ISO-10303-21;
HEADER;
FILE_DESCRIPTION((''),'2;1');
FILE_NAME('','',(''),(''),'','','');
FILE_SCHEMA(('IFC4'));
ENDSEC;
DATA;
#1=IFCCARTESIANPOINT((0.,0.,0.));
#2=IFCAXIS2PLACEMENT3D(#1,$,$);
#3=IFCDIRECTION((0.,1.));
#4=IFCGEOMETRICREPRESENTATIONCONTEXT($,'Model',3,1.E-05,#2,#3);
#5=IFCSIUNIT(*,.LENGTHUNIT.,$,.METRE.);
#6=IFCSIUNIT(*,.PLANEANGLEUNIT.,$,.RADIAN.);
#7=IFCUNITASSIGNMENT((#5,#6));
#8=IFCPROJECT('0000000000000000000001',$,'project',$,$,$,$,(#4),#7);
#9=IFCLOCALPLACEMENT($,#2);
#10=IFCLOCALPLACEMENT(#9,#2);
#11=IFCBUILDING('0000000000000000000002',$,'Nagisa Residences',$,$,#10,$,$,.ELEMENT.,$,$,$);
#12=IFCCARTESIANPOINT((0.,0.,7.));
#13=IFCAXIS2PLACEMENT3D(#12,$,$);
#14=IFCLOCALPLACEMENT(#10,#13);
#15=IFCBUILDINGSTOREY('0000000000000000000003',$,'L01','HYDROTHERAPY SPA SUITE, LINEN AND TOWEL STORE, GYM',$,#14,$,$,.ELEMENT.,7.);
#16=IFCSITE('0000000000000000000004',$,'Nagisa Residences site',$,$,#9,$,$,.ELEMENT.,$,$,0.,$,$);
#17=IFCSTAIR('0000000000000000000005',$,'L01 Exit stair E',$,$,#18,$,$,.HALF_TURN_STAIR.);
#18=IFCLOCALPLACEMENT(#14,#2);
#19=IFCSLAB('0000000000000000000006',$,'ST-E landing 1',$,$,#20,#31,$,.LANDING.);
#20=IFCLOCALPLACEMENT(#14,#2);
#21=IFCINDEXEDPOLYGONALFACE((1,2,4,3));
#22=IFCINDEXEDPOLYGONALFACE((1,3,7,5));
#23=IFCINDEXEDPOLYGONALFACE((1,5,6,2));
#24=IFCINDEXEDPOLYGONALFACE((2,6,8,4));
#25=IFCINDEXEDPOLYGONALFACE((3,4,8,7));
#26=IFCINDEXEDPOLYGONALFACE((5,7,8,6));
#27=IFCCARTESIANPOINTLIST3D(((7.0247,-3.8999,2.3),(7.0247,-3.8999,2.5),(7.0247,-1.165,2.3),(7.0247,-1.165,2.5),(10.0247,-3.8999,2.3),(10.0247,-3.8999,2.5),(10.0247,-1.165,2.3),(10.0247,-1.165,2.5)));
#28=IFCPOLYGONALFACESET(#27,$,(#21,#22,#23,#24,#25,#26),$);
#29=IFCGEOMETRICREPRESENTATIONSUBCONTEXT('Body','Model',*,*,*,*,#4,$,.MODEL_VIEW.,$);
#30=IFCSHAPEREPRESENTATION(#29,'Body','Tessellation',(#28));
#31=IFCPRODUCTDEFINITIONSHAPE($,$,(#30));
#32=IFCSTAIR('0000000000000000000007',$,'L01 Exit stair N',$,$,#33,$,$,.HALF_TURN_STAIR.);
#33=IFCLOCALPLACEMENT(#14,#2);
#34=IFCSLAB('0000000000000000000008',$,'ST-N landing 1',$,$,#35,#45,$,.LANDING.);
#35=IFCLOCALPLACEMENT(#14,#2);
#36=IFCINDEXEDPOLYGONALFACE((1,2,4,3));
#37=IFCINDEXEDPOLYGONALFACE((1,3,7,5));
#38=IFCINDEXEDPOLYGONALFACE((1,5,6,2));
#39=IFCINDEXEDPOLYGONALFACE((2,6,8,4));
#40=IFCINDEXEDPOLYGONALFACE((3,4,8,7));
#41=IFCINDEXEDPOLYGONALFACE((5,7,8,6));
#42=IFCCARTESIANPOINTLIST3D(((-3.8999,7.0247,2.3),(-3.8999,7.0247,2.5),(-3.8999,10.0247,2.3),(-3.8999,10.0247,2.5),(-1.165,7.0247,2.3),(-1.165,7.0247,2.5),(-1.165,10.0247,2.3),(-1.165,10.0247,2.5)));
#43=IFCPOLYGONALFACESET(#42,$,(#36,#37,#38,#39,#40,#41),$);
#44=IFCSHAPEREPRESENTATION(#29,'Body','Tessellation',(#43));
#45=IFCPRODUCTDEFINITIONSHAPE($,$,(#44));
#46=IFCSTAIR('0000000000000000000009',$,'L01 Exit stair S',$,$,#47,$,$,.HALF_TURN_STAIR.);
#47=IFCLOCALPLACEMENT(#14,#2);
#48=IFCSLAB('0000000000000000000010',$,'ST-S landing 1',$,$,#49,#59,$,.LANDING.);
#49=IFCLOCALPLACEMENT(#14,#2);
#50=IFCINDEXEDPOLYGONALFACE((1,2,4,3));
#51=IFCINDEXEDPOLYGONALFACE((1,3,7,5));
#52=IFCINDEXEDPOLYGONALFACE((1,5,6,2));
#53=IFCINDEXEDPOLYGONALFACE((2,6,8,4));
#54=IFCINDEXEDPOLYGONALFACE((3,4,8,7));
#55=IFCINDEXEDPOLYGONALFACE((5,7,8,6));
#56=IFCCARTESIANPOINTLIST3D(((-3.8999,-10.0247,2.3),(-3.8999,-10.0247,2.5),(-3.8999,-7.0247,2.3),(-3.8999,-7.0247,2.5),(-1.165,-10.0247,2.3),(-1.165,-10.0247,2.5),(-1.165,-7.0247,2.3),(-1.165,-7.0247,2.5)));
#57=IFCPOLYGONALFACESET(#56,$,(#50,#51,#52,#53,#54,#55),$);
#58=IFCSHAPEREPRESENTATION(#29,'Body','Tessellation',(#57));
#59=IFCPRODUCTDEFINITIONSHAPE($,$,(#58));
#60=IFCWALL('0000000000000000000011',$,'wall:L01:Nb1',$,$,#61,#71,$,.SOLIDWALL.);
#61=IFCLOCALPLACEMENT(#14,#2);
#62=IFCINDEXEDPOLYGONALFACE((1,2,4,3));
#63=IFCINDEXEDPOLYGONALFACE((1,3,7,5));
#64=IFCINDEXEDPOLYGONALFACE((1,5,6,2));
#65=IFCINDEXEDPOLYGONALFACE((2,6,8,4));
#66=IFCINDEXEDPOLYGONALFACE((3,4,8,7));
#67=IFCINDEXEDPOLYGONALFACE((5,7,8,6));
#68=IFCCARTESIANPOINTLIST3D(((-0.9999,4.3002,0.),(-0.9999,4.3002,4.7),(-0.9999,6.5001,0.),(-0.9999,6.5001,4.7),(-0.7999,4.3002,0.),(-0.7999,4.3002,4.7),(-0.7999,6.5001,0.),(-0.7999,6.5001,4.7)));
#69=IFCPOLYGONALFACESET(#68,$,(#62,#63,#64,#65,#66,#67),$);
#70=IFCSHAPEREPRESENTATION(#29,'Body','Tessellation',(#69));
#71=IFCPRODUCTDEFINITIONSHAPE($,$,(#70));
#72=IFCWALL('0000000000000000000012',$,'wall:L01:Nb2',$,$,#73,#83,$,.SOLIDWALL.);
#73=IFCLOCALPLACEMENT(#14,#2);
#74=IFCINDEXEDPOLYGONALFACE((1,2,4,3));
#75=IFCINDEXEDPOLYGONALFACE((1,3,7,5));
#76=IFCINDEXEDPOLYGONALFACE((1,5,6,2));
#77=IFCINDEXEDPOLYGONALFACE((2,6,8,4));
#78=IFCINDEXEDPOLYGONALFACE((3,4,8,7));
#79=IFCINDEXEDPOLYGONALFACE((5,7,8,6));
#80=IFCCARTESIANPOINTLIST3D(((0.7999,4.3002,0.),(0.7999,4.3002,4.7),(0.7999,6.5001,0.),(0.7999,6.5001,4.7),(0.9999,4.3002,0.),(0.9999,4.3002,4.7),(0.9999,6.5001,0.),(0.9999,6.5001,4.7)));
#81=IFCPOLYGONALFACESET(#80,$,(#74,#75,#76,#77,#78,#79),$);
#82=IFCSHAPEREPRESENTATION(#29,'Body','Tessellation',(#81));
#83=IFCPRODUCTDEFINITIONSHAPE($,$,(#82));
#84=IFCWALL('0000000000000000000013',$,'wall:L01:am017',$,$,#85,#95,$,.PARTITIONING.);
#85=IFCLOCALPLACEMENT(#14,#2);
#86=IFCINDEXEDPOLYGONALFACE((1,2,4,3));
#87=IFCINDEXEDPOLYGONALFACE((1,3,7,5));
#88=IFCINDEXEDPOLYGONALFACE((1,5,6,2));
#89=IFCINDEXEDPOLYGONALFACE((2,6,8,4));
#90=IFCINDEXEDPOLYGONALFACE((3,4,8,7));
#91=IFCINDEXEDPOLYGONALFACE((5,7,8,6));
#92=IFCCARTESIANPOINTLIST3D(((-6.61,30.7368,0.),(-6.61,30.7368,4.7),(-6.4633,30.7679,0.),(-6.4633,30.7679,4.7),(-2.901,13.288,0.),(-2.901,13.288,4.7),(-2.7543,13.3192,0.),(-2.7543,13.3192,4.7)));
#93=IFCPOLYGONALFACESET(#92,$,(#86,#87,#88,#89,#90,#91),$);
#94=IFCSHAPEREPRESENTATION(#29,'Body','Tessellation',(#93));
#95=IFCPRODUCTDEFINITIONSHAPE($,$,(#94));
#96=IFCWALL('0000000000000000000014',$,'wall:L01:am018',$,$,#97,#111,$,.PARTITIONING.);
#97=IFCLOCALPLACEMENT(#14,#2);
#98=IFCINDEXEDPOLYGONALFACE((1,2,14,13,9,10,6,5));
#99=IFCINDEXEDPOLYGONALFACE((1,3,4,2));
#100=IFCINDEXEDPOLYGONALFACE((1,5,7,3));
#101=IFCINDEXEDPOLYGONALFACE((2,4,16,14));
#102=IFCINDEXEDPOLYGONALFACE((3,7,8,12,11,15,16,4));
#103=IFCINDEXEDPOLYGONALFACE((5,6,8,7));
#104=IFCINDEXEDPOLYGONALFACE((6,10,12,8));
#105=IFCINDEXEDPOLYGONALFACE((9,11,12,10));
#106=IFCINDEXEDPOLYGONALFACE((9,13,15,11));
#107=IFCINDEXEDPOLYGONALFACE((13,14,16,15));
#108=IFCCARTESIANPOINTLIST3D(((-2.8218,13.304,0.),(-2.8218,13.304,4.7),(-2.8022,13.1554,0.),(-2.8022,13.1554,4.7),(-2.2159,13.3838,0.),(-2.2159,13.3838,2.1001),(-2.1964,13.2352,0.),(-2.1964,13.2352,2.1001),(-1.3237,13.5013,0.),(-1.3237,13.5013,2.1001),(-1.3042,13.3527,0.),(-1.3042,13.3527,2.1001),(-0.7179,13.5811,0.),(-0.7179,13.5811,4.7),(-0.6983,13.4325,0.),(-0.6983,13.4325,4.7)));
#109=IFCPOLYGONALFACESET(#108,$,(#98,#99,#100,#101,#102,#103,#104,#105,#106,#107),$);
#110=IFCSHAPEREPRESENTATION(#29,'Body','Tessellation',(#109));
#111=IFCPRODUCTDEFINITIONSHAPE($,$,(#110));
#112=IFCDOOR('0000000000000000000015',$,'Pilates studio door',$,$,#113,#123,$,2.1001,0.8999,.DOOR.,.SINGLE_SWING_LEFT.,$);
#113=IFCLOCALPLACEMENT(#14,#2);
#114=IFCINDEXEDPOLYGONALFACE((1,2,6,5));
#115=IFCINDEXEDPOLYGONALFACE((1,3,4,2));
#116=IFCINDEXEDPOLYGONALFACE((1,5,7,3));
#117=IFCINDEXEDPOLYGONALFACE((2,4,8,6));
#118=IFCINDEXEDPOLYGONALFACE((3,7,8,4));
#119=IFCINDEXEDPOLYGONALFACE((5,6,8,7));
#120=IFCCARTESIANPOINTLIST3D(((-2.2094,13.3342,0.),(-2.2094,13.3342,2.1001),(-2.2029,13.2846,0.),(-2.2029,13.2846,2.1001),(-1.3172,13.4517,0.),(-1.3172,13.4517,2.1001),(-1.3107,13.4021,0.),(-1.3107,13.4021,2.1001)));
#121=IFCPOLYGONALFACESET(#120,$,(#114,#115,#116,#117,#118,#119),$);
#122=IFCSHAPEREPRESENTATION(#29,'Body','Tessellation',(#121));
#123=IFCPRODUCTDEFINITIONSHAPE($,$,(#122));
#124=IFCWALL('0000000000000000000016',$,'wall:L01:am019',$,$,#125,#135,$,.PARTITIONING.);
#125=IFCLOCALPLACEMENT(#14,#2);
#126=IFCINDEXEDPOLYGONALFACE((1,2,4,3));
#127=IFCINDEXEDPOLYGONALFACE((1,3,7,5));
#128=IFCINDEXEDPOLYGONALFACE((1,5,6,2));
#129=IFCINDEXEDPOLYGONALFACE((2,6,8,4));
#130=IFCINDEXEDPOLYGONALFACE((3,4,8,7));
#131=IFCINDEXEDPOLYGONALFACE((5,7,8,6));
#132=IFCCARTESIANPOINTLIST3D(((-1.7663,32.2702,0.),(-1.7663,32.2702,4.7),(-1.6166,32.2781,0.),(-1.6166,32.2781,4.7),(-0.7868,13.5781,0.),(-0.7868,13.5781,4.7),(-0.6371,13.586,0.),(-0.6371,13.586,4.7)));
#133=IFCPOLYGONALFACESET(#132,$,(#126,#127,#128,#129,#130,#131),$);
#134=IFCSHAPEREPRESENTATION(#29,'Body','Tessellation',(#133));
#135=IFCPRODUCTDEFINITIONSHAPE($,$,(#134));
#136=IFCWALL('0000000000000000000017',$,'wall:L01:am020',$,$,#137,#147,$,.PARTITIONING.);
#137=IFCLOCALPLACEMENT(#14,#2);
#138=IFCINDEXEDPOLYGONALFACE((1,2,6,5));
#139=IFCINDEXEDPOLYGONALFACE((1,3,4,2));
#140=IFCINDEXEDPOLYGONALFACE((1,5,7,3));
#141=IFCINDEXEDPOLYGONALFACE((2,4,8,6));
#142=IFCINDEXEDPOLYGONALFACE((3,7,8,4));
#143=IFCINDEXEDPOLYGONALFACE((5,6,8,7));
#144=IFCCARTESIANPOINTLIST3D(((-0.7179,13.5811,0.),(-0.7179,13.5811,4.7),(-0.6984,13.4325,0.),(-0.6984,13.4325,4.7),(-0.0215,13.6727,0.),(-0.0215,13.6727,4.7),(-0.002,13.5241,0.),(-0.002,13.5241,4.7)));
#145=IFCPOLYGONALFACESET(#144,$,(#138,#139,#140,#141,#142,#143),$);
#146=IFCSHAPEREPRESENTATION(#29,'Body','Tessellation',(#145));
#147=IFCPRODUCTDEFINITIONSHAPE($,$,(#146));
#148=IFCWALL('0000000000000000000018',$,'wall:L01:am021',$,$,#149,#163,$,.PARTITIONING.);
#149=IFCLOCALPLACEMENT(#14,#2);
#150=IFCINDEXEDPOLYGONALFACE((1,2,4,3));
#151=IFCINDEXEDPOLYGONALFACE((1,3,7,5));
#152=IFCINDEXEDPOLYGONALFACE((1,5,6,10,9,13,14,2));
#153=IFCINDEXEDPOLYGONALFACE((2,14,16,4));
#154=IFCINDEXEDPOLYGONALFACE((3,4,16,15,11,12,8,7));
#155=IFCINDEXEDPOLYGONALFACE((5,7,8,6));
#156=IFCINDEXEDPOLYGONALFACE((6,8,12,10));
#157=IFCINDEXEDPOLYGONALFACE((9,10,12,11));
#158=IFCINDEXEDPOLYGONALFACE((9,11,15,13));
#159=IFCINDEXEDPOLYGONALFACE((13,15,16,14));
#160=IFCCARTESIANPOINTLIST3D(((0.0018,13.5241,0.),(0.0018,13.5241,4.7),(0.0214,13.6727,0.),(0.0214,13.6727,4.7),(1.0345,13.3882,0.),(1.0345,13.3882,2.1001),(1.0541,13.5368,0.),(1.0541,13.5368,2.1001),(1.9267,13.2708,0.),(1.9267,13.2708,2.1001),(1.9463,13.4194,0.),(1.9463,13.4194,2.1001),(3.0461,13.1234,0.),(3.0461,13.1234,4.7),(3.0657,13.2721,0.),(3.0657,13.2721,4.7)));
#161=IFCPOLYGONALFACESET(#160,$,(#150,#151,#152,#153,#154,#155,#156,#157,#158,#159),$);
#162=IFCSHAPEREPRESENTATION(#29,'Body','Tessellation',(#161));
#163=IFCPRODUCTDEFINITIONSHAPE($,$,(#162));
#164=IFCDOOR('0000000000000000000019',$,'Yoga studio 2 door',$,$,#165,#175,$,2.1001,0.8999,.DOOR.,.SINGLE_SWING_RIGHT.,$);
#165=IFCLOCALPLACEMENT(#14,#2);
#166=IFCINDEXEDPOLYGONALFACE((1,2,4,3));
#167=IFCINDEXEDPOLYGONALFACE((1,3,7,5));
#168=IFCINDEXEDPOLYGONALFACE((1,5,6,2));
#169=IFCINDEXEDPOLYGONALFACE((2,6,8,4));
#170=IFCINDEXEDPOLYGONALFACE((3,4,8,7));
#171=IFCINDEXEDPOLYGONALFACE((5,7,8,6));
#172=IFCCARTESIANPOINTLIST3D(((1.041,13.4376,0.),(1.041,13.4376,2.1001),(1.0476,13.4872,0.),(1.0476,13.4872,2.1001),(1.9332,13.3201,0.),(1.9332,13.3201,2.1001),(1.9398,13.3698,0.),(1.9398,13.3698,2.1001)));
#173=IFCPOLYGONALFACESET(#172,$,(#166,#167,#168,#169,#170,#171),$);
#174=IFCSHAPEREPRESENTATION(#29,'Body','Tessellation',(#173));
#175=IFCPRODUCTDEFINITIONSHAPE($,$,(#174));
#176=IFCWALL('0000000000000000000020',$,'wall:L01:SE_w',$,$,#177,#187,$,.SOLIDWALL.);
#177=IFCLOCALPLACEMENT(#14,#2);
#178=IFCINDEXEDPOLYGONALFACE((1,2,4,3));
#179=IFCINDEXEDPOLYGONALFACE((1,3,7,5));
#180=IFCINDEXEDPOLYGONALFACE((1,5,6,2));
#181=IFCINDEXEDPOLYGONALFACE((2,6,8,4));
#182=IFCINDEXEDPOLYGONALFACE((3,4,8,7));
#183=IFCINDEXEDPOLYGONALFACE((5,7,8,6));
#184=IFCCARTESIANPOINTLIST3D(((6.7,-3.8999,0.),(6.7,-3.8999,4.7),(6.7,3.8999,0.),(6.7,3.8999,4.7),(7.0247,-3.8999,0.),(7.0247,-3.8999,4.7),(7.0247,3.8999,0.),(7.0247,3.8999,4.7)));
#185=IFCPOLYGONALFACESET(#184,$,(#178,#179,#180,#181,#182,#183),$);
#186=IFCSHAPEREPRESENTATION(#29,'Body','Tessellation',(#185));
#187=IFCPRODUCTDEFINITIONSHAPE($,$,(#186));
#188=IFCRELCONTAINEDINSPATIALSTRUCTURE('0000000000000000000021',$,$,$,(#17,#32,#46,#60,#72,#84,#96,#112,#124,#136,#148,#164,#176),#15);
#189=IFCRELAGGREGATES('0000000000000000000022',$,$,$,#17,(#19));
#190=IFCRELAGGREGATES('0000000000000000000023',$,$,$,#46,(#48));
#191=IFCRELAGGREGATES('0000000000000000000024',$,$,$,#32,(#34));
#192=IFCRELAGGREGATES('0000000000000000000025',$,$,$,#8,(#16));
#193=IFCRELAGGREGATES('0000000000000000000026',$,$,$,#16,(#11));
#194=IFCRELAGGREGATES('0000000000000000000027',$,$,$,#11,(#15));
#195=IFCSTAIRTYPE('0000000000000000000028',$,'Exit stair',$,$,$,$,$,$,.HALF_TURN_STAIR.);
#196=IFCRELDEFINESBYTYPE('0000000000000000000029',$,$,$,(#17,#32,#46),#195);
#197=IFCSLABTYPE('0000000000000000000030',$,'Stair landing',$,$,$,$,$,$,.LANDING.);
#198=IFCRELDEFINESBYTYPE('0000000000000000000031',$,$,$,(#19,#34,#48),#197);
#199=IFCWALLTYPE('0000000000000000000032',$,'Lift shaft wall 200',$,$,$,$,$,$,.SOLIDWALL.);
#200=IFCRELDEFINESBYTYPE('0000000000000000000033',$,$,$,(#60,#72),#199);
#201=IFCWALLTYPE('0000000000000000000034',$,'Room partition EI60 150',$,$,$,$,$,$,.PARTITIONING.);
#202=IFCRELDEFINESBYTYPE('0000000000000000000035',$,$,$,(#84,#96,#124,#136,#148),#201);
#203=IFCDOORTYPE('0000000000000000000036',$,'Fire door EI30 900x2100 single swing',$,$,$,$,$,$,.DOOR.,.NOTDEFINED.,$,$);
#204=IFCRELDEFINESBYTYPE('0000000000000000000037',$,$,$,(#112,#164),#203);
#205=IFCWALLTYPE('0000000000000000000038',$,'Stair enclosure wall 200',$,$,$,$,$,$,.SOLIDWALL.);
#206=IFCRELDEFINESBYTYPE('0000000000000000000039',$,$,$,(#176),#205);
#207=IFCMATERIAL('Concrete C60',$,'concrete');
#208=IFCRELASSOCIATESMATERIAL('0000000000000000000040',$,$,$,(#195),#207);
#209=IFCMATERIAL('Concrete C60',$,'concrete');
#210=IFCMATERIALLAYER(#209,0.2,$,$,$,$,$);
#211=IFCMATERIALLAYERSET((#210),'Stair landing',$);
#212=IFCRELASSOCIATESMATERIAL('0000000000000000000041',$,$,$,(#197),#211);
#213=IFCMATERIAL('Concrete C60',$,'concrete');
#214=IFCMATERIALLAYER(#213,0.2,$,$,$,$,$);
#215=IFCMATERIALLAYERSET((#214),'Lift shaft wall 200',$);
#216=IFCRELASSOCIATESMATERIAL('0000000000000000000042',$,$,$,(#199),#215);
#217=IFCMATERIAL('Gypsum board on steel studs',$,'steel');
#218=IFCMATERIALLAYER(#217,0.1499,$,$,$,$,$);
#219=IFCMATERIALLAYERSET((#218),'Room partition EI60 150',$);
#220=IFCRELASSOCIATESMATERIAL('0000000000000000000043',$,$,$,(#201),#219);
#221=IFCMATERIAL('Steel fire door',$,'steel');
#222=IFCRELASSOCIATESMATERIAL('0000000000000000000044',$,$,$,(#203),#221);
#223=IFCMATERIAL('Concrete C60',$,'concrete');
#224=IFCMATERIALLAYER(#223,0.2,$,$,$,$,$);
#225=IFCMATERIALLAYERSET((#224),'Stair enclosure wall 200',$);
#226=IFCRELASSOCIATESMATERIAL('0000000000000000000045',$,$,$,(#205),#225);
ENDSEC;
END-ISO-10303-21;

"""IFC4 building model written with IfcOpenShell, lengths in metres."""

from ifc_helpers import new_model, si_unit, direction, frame, frame_2d, origin, place, context, subcontext, project, spatial, polyline, rectangle, outline, extrude, material, layer, layer_set, type_object, element, fill, aggregate, save


model = new_model("IFC4")

# Units and contexts
model_context = context("Model", 3, precision=1e-05, world=origin(), true_north=direction((0.0, 1.0)))
body_context = subcontext(model_context, "Body", "Model", "MODEL_VIEW")
ifc_project = project(units=[si_unit("LENGTHUNIT", "METRE"), si_unit("PLANEANGLEUNIT", "RADIAN")], contexts=[model_context])

# Site, building, storey
site_placement = place(None, origin())
site = spatial("IfcSite", under=ifc_project, at=site_placement, Name="Nagisa Residences site", CompositionType="ELEMENT", RefElevation=0.0)
building_placement = place(site_placement, origin())
building = spatial("IfcBuilding", under=site, at=building_placement, Name="Nagisa Residences", CompositionType="ELEMENT")
storey_placement = place(building_placement, frame((0.0, 0.0, 7.0)))
storey = spatial("IfcBuildingStorey", under=building, at=storey_placement, Name="L01", Description="HYDROTHERAPY SPA SUITE, LINEN AND TOWEL STORE, GYM", CompositionType="ELEMENT", Elevation=7.0)

# Stairs, slabs
ifc_material_1 = material(Name="Concrete C60", Category="concrete")
stair_type = type_object("IfcStairType", Name="Exit stair", PredefinedType="HALF_TURN_STAIR", material=ifc_material_1)
stair_1_placement = place(storey_placement, origin())
stair_1 = element("IfcStair", 1, at=stair_1_placement, inside=storey, type_object=stair_type, Name="L01 Exit stair E", PredefinedType="HALF_TURN_STAIR")
ifc_material_2 = material(Name="Concrete C60", Category="concrete")
ifc_layer_1 = layer(ifc_material_2, 0.2)
ifc_layer_set_1 = layer_set([ifc_layer_1], Name="Stair landing")
slab_type = type_object("IfcSlabType", Name="Stair landing", PredefinedType="LANDING", material=ifc_layer_set_1)
slab_1_placement = place(storey_placement, frame((0.0, 0.0, 2.3)))
slab_1 = element("IfcSlab", 2, at=slab_1_placement, type_object=slab_type, Name="ST-E landing 1", PredefinedType="LANDING", context=body_context, shape_type="SweptSolid", body=[
    extrude(outline(polyline([(7.0247, -1.165), (7.0247, -3.8999), (10.0247, -3.8999), (10.0247, -1.165), (7.0247, -1.165)])), origin(), (0.0, 0.0, 1.0), 0.2),
])
aggregate(stair_1, [slab_1])
stair_2_placement = place(storey_placement, origin())
stair_2 = element("IfcStair", 3, at=stair_2_placement, inside=storey, type_object=stair_type, Name="L01 Exit stair N", PredefinedType="HALF_TURN_STAIR")
slab_2_placement = place(storey_placement, frame((0.0, 0.0, 2.3)))
slab_2 = element("IfcSlab", 4, at=slab_2_placement, type_object=slab_type, Name="ST-N landing 1", PredefinedType="LANDING", context=body_context, shape_type="SweptSolid", body=[
    extrude(outline(polyline([(-1.165, 10.0247), (-3.8999, 10.0247), (-3.8999, 7.0247), (-1.165, 7.0247), (-1.165, 10.0247)])), origin(), (0.0, 0.0, 1.0), 0.2),
])
stair_3_placement = place(storey_placement, origin())
stair_3 = element("IfcStair", 5, at=stair_3_placement, inside=storey, type_object=stair_type, Name="L01 Exit stair S", PredefinedType="HALF_TURN_STAIR")
slab_3_placement = place(storey_placement, frame((0.0, 0.0, 2.3)))
slab_3 = element("IfcSlab", 6, at=slab_3_placement, type_object=slab_type, Name="ST-S landing 1", PredefinedType="LANDING", context=body_context, shape_type="SweptSolid", body=[
    extrude(outline(polyline([(-1.165, -7.0247), (-3.8999, -7.0247), (-3.8999, -10.0247), (-1.165, -10.0247), (-1.165, -7.0247)])), origin(), (0.0, 0.0, 1.0), 0.2),
])
aggregate(stair_3, [slab_3])

# Walls
ifc_material_3 = material(Name="Concrete C60", Category="concrete")
ifc_layer_2 = layer(ifc_material_3, 0.2)
ifc_layer_set_2 = layer_set([ifc_layer_2], Name="Lift shaft wall 200")
wall_type_1 = type_object("IfcWallType", Name="Lift shaft wall 200", PredefinedType="SOLIDWALL", material=ifc_layer_set_2)
for number, where, z_axis, x_axis, name in (
    (7, (-0.8999, 4.3, 0.0), (0.0, 0.0, 1.0), (0.0, 1.0, 0.0), "wall:L01:Nb1"),
    (8, (0.8999, 4.3, 0.0), (0.0, 0.0, 1.0), (0.0, 1.0, 0.0), "wall:L01:Nb2"),
):
    element("IfcWall", number, at=place(storey_placement, frame(where, z_axis=z_axis, x_axis=x_axis)), inside=storey, type_object=wall_type_1, Name=name, PredefinedType="SOLIDWALL", context=body_context, shape_type="SweptSolid", body=[
        extrude(rectangle(XDim=2.2, YDim=0.2, at=frame_2d((1.1001, 0.0))), origin(), (0.0, 0.0, 1.0), 4.7),
    ])
ifc_material_4 = material(Name="Gypsum board on steel studs", Category="steel")
ifc_layer_3 = layer(ifc_material_4, 0.1499)
ifc_layer_set_3 = layer_set([ifc_layer_3], Name="Room partition EI60 150")
wall_type_2 = type_object("IfcWallType", Name="Room partition EI60 150", PredefinedType="PARTITIONING", material=ifc_layer_set_3)
wall_1_placement = place(storey_placement, frame((-2.8276, 13.3035, 0.0), z_axis=(0.0, 0.0, 1.0), x_axis=(-0.207919, 0.978146, 0.0)))
element("IfcWall", 9, at=wall_1_placement, inside=storey, type_object=wall_type_2, Name="wall:L01:am017", PredefinedType="PARTITIONING", context=body_context, shape_type="SweptSolid", body=[
    extrude(rectangle(XDim=17.8386, YDim=0.1499, at=frame_2d((8.9194, 0.0))), origin(), (0.0, 0.0, 1.0), 4.7),
])

# Wall, opening, door
wall_2_placement = place(storey_placement, frame((-2.812, 13.2297, 0.0), z_axis=(0.0, 0.0, 1.0), x_axis=(0.991439, 0.130574, 0.0)))
wall_2 = element("IfcWall", 10, at=wall_2_placement, inside=storey, type_object=wall_type_2, Name="wall:L01:am018", PredefinedType="PARTITIONING", context=body_context, shape_type="SweptSolid", body=[
    extrude(rectangle(XDim=2.1221, YDim=0.1499, at=frame_2d((1.061, 0.0))), origin(), (0.0, 0.0, 1.0), 4.7),
])
opening_1_placement = place(wall_2_placement, frame((0.6111, 0.0, 0.0)))
opening_1 = element("IfcOpeningElement", 11, at=opening_1_placement, cuts=wall_2, PredefinedType="OPENING", context=body_context, shape_type="SweptSolid", body=[
    extrude(rectangle(XDim=0.8999, YDim=2.1001, at=frame_2d((0.45, 1.05))), frame((0.0, 0.085, 0.0), z_axis=(0.0, -1.0, 0.0), x_axis=(1.0, 0.0, 0.0)), (0.0, 0.0, 1.0), 0.1699),
])
ifc_material_5 = material(Name="Steel fire door", Category="steel")
door_type = type_object("IfcDoorType", Name="Fire door EI30 900x2100 single swing", OperationType="NOTDEFINED", PredefinedType="DOOR", material=ifc_material_5)
door_1_placement = place(opening_1_placement, origin())
door_1 = element("IfcDoor", 12, at=door_1_placement, inside=storey, type_object=door_type, Name="Pilates studio door", OperationType="SINGLE_SWING_LEFT", OverallHeight=2.1001, OverallWidth=0.8999, PredefinedType="DOOR", context=body_context, shape_type="SweptSolid", body=[
    extrude(rectangle(XDim=0.8999, YDim=2.1001, at=frame_2d((0.45, 1.05))), frame((0.0, 0.0249, 0.0), z_axis=(0.0, -1.0, 0.0), x_axis=(1.0, 0.0, 0.0)), (0.0, 0.0, 1.0), 0.05),
])
fill(opening_1, door_1)

# Walls
wall_3_placement = place(storey_placement, frame((-0.7119, 13.582, 0.0), z_axis=(0.0, 0.0, 1.0), x_axis=(-0.052329, 0.99863, 0.0)))
element("IfcWall", 13, at=wall_3_placement, inside=storey, type_object=wall_type_2, Name="wall:L01:am019", PredefinedType="PARTITIONING", context=body_context, shape_type="SweptSolid", body=[
    extrude(rectangle(XDim=18.7178, YDim=0.1499, at=frame_2d((9.3589, 0.0))), origin(), (0.0, 0.0, 1.0), 4.7),
])
wall_4_placement = place(storey_placement, frame((-0.708, 13.5068, 0.0), z_axis=(0.0, 0.0, 1.0), x_axis=(0.991466, 0.130365, 0.0)))
element("IfcWall", 14, at=wall_4_placement, inside=storey, type_object=wall_type_2, Name="wall:L01:am020", PredefinedType="PARTITIONING", context=body_context, shape_type="SweptSolid", body=[
    extrude(rectangle(XDim=0.7024, YDim=0.1499, at=frame_2d((0.3511, 0.0))), origin(), (0.0, 0.0, 1.0), 4.7),
])

# Wall, opening, door
wall_5_placement = place(storey_placement, frame((0.0117, 13.5984, 0.0), z_axis=(0.0, 0.0, 1.0), x_axis=(0.991451, -0.130481, 0.0)))
wall_5 = element("IfcWall", 15, at=wall_5_placement, inside=storey, type_object=wall_type_2, Name="wall:L01:am021", PredefinedType="PARTITIONING", context=body_context, shape_type="SweptSolid", body=[
    extrude(rectangle(XDim=3.0706, YDim=0.1499, at=frame_2d((1.5352, 0.0))), origin(), (0.0, 0.0, 1.0), 4.7),
])
opening_2_placement = place(wall_5_placement, frame((1.0415, 0.0, 0.0)))
opening_2 = element("IfcOpeningElement", 16, at=opening_2_placement, cuts=wall_5, PredefinedType="OPENING", context=body_context, shape_type="SweptSolid", body=[
    extrude(rectangle(XDim=0.8999, YDim=2.1001, at=frame_2d((0.45, 1.05))), frame((0.0, 0.085, 0.0), z_axis=(0.0, -1.0, 0.0), x_axis=(1.0, 0.0, 0.0)), (0.0, 0.0, 1.0), 0.1699),
])
door_2_placement = place(opening_2_placement, origin())
door_2 = element("IfcDoor", 17, at=door_2_placement, inside=storey, type_object=door_type, Name="Yoga studio 2 door", OperationType="SINGLE_SWING_RIGHT", OverallHeight=2.1001, OverallWidth=0.8999, PredefinedType="DOOR", context=body_context, shape_type="SweptSolid", body=[
    extrude(rectangle(XDim=0.8999, YDim=2.1001, at=frame_2d((0.45, 1.05))), frame((0.0, 0.0249, 0.0), z_axis=(0.0, -1.0, 0.0), x_axis=(1.0, 0.0, 0.0)), (0.0, 0.0, 1.0), 0.05),
])
fill(opening_2, door_2)

# Wall
ifc_material_6 = material(Name="Concrete C60", Category="concrete")
ifc_layer_4 = layer(ifc_material_6, 0.2)
ifc_layer_set_4 = layer_set([ifc_layer_4], Name="Stair enclosure wall 200")
wall_type_3 = type_object("IfcWallType", Name="Stair enclosure wall 200", PredefinedType="SOLIDWALL", material=ifc_layer_set_4)
wall_6_placement = place(storey_placement, origin())
element("IfcWall", 18, at=wall_6_placement, inside=storey, type_object=wall_type_3, Name="wall:L01:SE_w", PredefinedType="SOLIDWALL", context=body_context, shape_type="SweptSolid", body=[
    extrude(outline(polyline([(7.0247, -3.8999), (6.7, -3.8999), (6.7, 3.8999), (7.0247, 3.8999), (7.0247, -3.8999)])), origin(), (0.0, 0.0, 1.0), 4.7),
])

aggregate(stair_2, [slab_2])

save(model, "model.ifc")
